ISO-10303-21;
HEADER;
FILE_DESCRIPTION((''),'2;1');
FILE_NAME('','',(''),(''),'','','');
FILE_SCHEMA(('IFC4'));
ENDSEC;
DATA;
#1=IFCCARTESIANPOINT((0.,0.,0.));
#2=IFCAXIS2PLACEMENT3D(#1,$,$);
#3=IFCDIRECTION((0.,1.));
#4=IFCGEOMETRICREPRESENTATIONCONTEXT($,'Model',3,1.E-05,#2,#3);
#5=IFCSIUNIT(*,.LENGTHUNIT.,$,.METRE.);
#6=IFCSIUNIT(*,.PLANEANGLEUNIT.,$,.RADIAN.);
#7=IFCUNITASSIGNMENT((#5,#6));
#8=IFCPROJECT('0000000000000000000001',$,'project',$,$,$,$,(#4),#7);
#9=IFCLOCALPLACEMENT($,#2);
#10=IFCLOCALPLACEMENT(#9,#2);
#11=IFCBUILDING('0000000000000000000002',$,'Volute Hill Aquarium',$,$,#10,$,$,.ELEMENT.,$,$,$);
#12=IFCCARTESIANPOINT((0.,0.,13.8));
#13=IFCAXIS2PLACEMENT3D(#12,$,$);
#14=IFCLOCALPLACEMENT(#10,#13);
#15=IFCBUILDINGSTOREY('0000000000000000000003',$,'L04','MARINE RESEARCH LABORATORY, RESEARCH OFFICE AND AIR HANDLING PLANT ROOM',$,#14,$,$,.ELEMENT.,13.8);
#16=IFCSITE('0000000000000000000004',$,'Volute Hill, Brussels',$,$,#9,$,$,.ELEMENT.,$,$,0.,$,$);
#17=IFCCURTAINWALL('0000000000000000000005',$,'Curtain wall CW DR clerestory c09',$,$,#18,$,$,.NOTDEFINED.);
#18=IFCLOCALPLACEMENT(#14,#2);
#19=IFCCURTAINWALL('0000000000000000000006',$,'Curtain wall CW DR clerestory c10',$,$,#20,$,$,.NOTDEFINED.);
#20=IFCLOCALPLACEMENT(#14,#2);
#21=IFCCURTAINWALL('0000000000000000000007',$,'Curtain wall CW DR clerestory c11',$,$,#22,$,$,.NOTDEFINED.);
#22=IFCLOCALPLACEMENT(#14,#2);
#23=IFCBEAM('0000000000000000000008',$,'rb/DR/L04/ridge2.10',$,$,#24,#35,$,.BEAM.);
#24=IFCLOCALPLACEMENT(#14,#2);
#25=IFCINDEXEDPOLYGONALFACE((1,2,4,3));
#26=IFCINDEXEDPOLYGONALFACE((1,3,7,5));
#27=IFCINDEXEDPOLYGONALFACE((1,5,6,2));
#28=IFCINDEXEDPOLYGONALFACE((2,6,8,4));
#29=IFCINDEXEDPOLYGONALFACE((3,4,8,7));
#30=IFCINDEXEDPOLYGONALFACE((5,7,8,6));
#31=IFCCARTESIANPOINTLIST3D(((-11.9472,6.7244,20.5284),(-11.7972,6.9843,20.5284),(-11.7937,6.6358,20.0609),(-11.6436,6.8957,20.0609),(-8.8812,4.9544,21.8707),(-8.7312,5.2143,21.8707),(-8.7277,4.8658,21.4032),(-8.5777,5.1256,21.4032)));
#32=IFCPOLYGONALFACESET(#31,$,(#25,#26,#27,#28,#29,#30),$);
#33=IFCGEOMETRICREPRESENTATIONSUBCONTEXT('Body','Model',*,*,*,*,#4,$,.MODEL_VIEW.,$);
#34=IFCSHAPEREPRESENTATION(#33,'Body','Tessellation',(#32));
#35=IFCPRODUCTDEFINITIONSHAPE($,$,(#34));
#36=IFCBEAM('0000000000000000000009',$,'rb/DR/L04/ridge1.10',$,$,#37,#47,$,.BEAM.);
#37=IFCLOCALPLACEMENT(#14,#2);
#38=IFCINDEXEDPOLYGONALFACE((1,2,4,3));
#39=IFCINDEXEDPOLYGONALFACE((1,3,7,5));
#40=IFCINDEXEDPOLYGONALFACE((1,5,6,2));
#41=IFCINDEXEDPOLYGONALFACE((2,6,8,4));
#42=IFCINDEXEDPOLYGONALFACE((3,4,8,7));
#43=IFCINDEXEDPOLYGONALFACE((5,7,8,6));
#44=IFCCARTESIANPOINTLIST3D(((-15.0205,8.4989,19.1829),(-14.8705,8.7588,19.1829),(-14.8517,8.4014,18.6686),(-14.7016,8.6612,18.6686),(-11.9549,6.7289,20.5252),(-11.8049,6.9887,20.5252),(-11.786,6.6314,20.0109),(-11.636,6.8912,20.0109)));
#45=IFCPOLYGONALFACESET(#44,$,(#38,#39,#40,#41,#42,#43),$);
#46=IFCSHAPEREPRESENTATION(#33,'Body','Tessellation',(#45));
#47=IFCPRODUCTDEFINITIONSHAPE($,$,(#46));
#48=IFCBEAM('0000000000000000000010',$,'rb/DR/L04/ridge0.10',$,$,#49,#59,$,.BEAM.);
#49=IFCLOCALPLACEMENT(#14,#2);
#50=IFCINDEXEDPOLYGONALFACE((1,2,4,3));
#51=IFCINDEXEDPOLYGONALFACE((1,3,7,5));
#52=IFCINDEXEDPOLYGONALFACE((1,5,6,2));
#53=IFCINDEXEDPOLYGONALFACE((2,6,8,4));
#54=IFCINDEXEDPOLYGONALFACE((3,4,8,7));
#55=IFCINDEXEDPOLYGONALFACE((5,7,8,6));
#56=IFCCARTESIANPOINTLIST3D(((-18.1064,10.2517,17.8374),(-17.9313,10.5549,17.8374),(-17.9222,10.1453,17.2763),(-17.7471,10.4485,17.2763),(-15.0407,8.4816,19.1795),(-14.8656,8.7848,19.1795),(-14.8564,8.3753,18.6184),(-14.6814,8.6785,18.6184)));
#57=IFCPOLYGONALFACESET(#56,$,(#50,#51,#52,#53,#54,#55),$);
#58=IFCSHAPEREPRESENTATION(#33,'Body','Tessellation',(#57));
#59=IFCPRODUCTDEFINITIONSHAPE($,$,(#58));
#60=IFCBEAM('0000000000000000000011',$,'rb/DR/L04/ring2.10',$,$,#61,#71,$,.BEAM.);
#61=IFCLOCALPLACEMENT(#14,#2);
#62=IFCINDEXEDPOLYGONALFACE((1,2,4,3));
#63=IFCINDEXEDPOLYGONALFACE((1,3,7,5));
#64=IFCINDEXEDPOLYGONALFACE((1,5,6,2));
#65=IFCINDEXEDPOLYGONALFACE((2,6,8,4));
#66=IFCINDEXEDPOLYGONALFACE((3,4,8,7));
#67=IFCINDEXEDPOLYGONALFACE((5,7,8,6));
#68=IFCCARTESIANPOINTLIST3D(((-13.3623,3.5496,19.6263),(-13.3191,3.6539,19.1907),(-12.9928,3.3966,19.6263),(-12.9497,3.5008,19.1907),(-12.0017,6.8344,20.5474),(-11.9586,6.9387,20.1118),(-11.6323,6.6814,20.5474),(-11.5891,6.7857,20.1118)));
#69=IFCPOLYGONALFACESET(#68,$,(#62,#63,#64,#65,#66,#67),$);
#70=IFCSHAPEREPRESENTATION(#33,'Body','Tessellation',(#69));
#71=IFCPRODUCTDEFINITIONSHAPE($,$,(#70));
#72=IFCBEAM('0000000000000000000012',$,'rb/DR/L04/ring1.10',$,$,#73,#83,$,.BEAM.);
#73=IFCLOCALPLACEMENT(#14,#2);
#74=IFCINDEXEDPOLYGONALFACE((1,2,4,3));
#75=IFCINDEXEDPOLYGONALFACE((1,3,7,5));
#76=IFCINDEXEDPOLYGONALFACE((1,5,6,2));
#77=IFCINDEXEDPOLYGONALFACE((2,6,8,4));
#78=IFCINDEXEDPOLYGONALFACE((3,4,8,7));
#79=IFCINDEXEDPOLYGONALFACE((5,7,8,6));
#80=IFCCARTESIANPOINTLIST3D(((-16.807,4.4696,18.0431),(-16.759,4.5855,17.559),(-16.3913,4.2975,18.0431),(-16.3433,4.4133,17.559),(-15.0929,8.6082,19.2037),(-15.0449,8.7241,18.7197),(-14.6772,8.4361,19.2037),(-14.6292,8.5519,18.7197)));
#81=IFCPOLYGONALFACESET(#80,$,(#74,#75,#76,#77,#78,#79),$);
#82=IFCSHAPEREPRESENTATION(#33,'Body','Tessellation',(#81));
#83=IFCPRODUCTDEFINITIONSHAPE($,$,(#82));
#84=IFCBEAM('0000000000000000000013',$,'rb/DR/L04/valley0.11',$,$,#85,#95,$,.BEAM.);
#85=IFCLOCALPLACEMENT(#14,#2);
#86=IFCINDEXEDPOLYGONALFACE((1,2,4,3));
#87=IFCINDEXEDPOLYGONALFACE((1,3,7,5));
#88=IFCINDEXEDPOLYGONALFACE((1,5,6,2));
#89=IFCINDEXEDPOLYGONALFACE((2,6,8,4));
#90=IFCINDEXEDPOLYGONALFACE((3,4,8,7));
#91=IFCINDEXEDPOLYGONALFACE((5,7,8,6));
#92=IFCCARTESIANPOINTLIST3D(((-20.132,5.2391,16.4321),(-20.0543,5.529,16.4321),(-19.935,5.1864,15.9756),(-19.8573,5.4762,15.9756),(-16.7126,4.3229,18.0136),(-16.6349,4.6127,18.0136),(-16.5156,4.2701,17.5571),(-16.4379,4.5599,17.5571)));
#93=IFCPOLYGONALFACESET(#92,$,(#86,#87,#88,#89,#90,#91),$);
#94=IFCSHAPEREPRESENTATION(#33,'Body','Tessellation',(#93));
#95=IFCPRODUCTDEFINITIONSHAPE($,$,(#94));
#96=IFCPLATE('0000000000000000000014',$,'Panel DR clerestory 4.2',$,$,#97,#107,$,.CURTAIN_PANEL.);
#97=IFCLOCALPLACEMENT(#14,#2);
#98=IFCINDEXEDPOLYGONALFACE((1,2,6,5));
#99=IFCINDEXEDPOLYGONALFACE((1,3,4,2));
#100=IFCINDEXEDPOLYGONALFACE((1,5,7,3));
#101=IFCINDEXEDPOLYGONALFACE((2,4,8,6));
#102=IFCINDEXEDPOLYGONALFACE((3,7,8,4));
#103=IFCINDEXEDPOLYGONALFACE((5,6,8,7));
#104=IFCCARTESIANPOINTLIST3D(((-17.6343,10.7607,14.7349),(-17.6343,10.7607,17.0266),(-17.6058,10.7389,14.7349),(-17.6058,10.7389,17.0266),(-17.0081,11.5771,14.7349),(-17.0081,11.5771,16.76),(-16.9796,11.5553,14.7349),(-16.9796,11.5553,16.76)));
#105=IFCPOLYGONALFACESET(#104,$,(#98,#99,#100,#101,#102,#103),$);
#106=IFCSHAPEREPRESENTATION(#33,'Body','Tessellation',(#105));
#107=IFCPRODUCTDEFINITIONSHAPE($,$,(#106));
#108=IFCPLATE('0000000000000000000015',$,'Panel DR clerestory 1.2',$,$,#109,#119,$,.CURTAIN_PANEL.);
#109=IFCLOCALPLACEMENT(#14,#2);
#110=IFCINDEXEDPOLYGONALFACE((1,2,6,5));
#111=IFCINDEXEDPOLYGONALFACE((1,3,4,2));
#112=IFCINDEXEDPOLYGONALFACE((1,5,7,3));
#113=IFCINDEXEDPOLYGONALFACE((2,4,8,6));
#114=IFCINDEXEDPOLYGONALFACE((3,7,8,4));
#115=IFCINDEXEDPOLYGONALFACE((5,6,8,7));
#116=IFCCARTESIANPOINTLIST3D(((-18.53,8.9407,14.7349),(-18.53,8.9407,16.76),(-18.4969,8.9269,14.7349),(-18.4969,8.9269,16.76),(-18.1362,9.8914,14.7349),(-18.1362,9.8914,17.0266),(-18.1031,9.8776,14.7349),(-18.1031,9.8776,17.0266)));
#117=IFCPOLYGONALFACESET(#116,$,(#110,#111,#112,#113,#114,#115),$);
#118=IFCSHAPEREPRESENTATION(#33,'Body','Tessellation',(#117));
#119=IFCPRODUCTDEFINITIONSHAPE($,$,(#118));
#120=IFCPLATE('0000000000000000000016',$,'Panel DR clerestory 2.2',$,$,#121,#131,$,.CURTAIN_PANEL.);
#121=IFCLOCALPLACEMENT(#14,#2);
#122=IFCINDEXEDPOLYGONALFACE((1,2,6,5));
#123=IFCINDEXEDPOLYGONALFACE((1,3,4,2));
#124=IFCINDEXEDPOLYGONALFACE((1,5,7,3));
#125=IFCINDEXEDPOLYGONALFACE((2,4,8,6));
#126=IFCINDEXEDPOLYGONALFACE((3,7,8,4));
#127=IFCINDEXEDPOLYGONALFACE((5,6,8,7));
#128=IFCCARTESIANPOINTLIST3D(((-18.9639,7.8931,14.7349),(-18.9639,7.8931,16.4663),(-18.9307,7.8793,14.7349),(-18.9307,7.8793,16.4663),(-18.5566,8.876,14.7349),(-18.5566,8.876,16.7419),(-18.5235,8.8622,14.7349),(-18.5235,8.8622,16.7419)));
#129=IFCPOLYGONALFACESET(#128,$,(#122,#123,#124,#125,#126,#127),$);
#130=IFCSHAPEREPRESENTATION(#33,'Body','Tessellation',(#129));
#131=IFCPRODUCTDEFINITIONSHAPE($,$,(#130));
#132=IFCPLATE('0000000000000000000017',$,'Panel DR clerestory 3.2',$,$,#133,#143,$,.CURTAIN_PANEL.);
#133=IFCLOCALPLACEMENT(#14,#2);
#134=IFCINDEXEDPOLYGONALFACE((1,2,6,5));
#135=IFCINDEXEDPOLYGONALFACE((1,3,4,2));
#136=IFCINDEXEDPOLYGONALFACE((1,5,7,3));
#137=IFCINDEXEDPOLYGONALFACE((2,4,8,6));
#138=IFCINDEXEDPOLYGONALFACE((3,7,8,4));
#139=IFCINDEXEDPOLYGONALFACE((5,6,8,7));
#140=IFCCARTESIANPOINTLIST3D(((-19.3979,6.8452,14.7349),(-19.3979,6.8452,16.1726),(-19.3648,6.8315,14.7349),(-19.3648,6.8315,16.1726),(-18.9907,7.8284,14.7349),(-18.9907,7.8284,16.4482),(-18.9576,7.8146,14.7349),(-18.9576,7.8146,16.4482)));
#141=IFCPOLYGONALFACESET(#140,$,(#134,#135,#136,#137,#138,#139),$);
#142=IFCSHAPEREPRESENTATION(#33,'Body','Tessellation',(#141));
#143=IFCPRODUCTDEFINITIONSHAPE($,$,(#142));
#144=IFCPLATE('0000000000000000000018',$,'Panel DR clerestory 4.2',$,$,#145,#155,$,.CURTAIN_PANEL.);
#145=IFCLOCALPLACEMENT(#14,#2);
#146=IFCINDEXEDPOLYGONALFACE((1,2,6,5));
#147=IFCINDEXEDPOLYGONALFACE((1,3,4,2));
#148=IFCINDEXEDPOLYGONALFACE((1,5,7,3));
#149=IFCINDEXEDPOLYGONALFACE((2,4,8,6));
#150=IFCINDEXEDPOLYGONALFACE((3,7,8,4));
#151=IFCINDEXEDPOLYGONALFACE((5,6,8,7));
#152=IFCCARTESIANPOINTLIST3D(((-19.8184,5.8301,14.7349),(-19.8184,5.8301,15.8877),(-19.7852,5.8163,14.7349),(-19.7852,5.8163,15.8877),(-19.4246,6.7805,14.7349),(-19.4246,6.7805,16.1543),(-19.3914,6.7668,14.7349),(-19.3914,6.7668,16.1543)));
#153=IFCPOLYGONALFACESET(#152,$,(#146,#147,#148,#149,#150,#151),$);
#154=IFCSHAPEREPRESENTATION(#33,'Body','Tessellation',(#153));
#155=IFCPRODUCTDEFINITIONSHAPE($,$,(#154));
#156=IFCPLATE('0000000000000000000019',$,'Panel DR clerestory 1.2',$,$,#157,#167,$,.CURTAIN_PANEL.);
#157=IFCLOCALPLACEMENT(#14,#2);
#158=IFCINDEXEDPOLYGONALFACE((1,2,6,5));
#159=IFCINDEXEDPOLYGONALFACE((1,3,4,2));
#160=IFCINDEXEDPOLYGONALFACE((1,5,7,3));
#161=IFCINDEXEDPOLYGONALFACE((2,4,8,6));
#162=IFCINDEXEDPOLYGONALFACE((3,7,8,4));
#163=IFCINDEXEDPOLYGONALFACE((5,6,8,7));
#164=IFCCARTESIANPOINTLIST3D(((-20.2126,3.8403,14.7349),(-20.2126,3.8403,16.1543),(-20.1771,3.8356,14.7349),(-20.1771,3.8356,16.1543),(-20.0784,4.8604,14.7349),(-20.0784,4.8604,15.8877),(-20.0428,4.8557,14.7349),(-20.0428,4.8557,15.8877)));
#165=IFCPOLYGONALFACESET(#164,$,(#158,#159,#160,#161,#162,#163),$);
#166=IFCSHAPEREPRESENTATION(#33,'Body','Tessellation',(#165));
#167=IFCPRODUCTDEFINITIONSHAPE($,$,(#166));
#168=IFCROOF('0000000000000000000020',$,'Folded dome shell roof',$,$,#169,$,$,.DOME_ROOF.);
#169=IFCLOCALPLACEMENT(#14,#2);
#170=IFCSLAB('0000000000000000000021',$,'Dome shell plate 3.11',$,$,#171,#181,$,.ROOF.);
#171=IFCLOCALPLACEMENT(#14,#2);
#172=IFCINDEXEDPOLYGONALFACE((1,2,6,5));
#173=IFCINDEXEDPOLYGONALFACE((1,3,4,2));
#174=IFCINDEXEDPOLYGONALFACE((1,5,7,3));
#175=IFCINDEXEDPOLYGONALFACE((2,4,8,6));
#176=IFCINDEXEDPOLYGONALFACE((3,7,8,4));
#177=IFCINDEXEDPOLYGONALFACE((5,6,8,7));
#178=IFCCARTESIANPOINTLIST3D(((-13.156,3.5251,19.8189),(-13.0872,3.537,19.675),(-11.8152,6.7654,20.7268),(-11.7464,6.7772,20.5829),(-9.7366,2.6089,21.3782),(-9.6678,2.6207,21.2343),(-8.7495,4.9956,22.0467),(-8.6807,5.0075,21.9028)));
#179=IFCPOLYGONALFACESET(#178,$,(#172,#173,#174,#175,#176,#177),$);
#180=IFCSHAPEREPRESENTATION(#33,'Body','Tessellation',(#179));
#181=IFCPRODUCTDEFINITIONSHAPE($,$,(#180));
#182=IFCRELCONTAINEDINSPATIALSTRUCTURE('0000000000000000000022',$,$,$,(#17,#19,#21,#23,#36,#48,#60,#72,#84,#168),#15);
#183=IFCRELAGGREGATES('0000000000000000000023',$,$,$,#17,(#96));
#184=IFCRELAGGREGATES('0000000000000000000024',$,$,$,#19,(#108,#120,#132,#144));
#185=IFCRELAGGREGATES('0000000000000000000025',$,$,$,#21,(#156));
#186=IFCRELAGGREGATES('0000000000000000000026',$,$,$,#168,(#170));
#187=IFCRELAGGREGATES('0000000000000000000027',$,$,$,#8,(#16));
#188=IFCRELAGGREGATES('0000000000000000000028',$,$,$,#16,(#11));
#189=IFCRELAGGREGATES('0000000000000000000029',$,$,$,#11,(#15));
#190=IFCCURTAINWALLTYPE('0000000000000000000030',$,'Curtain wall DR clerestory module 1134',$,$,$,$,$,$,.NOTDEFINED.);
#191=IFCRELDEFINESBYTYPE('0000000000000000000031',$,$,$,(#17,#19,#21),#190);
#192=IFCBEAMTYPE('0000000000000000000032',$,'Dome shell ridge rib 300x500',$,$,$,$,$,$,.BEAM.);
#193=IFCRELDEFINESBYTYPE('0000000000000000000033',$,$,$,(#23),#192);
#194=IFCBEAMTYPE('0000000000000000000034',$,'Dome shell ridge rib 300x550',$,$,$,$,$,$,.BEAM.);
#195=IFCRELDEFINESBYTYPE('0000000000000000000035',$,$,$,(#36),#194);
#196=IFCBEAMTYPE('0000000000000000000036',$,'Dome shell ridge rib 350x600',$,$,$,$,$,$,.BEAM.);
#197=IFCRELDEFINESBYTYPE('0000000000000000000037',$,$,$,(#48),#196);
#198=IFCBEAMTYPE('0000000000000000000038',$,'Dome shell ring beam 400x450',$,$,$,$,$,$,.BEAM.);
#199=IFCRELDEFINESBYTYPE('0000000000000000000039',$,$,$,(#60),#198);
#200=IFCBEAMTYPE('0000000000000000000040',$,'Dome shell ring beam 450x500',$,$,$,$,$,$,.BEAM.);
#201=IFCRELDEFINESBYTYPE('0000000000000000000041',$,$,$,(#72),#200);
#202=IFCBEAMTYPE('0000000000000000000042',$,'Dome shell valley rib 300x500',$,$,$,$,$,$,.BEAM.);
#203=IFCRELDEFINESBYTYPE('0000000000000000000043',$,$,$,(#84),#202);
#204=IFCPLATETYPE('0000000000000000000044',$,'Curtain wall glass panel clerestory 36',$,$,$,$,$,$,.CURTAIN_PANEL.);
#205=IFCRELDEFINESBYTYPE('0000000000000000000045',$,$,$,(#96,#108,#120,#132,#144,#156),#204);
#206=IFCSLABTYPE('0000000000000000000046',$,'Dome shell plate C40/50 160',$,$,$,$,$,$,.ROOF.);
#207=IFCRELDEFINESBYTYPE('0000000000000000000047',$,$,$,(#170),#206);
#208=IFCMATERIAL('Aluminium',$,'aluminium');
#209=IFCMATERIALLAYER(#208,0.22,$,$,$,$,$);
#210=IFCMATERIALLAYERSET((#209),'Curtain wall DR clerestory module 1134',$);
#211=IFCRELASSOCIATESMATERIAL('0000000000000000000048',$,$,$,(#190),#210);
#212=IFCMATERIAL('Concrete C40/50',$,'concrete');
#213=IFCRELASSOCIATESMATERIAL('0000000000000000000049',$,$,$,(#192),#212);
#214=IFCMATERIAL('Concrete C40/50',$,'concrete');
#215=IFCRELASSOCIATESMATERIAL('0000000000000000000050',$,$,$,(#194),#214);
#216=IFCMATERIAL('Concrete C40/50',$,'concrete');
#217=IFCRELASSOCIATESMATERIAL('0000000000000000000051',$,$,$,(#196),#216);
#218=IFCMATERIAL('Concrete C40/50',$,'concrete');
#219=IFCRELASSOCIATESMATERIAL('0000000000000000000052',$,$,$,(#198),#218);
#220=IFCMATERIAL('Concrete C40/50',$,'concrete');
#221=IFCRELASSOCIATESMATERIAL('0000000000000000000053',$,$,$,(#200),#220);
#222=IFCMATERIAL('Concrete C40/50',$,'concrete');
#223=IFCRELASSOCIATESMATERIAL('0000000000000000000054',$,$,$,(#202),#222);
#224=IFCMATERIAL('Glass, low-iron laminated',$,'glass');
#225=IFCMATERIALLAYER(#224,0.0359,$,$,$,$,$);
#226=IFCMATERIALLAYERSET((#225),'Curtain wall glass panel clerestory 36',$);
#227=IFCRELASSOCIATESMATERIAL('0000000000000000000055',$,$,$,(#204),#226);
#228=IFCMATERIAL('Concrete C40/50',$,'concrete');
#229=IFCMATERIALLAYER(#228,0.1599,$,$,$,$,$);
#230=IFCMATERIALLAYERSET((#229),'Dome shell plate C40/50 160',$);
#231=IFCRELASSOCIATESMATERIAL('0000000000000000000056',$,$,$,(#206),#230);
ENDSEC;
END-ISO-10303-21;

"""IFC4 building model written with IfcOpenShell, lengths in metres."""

from ifc_helpers import new_model, si_unit, direction, frame, origin, origin_2d, place, context, subcontext, project, spatial, polyline, rectangle, outline, extrude, material, layer, layer_set, material_profile, profile_set, type_object, element, aggregate, save


model = new_model("IFC4")

# Units and contexts
model_context = context("Model", 3, precision=1e-05, world=origin(), true_north=direction((0.0, 1.0)))
body_context = subcontext(model_context, "Body", "Model", "MODEL_VIEW")
ifc_project = project(units=[si_unit("LENGTHUNIT", "METRE"), si_unit("PLANEANGLEUNIT", "RADIAN")], contexts=[model_context])

# Site, building, storey
site_placement = place(None, origin())
site = spatial("IfcSite", under=ifc_project, at=site_placement, Name="Volute Hill, Brussels", CompositionType="ELEMENT", RefElevation=0.0)
building_placement = place(site_placement, origin())
building = spatial("IfcBuilding", under=site, at=building_placement, Name="Volute Hill Aquarium", CompositionType="ELEMENT")
storey_placement = place(building_placement, frame((0.0, 0.0, 13.8)))
storey = spatial("IfcBuildingStorey", under=building, at=storey_placement, Name="L04", Description="MARINE RESEARCH LABORATORY, RESEARCH OFFICE AND AIR HANDLING PLANT ROOM", CompositionType="ELEMENT", Elevation=13.8)

# Curtain walls
ifc_material_1 = material(Name="Aluminium", Category="aluminium")
ifc_layer_1 = layer(ifc_material_1, 0.22)
ifc_layer_set_1 = layer_set([ifc_layer_1], Name="Curtain wall DR clerestory module 1134")
curtain_wall_type = type_object("IfcCurtainWallType", Name="Curtain wall DR clerestory module 1134", PredefinedType="NOTDEFINED", material=ifc_layer_set_1)
curtain_wall_1_placement = place(storey_placement, origin())
curtain_wall_1 = element("IfcCurtainWall", 1, at=curtain_wall_1_placement, inside=storey, type_object=curtain_wall_type, Name="Curtain wall CW DR clerestory c09", PredefinedType="NOTDEFINED")
curtain_wall_2_placement = place(storey_placement, origin())
curtain_wall_2 = element("IfcCurtainWall", 2, at=curtain_wall_2_placement, inside=storey, type_object=curtain_wall_type, Name="Curtain wall CW DR clerestory c10", PredefinedType="NOTDEFINED")
curtain_wall_3_placement = place(storey_placement, origin())
curtain_wall_3 = element("IfcCurtainWall", 3, at=curtain_wall_3_placement, inside=storey, type_object=curtain_wall_type, Name="Curtain wall CW DR clerestory c11", PredefinedType="NOTDEFINED")

# Beams
ifc_material_2 = material(Name="Concrete C40/50", Category="concrete")
ifc_material_profile_1 = material_profile(ifc_material_2, rectangle(XDim=0.3, YDim=0.5, at=origin_2d()), Name="RC rib 300x500")
ifc_profile_set_1 = profile_set([ifc_material_profile_1], Name="Concrete C40/50")
beam_type_1 = type_object("IfcBeamType", Name="Dome shell ridge rib 300x500", PredefinedType="BEAM", material=ifc_profile_set_1)
beam_1_placement = place(storey_placement, frame((-11.7954, 6.8101, 20.2947), z_axis=(0.809783, -0.467505, 0.35453), x_axis=(0.499981, 0.866036, 0.0)))
element("IfcBeam", 4, at=beam_1_placement, inside=storey, type_object=beam_type_1, Name="rb/DR/L04/ridge2.10", PredefinedType="BEAM", context=body_context, shape_type="SweptSolid", body=[
    extrude(rectangle(XDim=0.3, YDim=0.5, at=origin_2d()), origin(), (0.0, 0.0, 1.0), 3.7861),
])
ifc_material_3 = material(Name="Concrete C40/50", Category="concrete")
ifc_material_profile_2 = material_profile(ifc_material_3, rectangle(XDim=0.3, YDim=0.55, at=origin_2d()), Name="RC rib 300x550")
ifc_profile_set_2 = profile_set([ifc_material_profile_2], Name="Concrete C40/50")
beam_type_2 = type_object("IfcBeamType", Name="Dome shell ridge rib 300x550", PredefinedType="BEAM", material=ifc_profile_set_2)
beam_2_placement = place(storey_placement, frame((-14.8611, 8.5801, 18.9258), z_axis=(0.80976, -0.467529, 0.354548), x_axis=(0.500011, 0.866019, 0.0)))
element("IfcBeam", 5, at=beam_2_placement, inside=storey, type_object=beam_type_2, Name="rb/DR/L04/ridge1.10", PredefinedType="BEAM", context=body_context, shape_type="SweptSolid", body=[
    extrude(rectangle(XDim=0.3, YDim=0.55, at=origin_2d()), origin(), (0.0, 0.0, 1.0), 3.7859),
])
ifc_material_4 = material(Name="Concrete C40/50", Category="concrete")
ifc_material_profile_3 = material_profile(ifc_material_4, rectangle(XDim=0.3501, YDim=0.6001, at=origin_2d()), Name="RC rib 350x600")
ifc_profile_set_3 = profile_set([ifc_material_profile_3], Name="Concrete C40/50")
beam_type_3 = type_object("IfcBeamType", Name="Dome shell ridge rib 350x600", PredefinedType="BEAM", material=ifc_profile_set_3)
beam_3_placement = place(storey_placement, frame((-17.9268, 10.3501, 17.5569), z_axis=(0.809779, -0.46754, 0.354492), x_axis=(0.500011, 0.866019, 0.0)))
element("IfcBeam", 6, at=beam_3_placement, inside=storey, type_object=beam_type_3, Name="rb/DR/L04/ridge0.10", PredefinedType="BEAM", context=body_context, shape_type="SweptSolid", body=[
    extrude(rectangle(XDim=0.3501, YDim=0.6001, at=origin_2d()), origin(), (0.0, 0.0, 1.0), 3.7859),
])
ifc_material_5 = material(Name="Concrete C40/50", Category="concrete")
ifc_material_profile_4 = material_profile(ifc_material_5, rectangle(XDim=0.3999, YDim=0.45, at=origin_2d()), Name="RC beam 400x450")
ifc_profile_set_4 = profile_set([ifc_material_profile_4], Name="Concrete C40/50")
beam_type_4 = type_object("IfcBeamType", Name="Dome shell ring beam 400x450", PredefinedType="BEAM", material=ifc_profile_set_4)
beam_4_placement = place(storey_placement, frame((-11.7954, 6.8101, 20.3296), z_axis=(-0.370439, -0.894359, -0.250793), x_axis=(0.923885, -0.382669, 0.0)))
element("IfcBeam", 7, at=beam_4_placement, inside=storey, type_object=beam_type_4, Name="rb/DR/L04/ring2.10", PredefinedType="BEAM", context=body_context, shape_type="SweptSolid", body=[
    extrude(rectangle(XDim=0.3999, YDim=0.45, at=origin_2d()), origin(), (0.0, 0.0, 1.0), 3.6729),
])
ifc_material_6 = material(Name="Concrete C40/50", Category="concrete")
ifc_material_profile_5 = material_profile(ifc_material_6, rectangle(XDim=0.45, YDim=0.5, at=origin_2d()), Name="RC beam 450x500")
ifc_profile_set_5 = profile_set([ifc_material_profile_5], Name="Concrete C40/50")
beam_type_5 = type_object("IfcBeamType", Name="Dome shell ring beam 450x500", PredefinedType="BEAM", material=ifc_profile_set_5)
beam_5_placement = place(storey_placement, frame((-14.8611, 8.5801, 18.9617), z_axis=(-0.370417, -0.894362, -0.250814), x_axis=(0.923894, -0.382649, 0.0)))
element("IfcBeam", 8, at=beam_5_placement, inside=storey, type_object=beam_type_5, Name="rb/DR/L04/ring1.10", PredefinedType="BEAM", context=body_context, shape_type="SweptSolid", body=[
    extrude(rectangle(XDim=0.45, YDim=0.5, at=origin_2d()), origin(), (0.0, 0.0, 1.0), 4.6274),
])
ifc_material_7 = material(Name="Concrete C40/50", Category="concrete")
ifc_material_profile_6 = material_profile(ifc_material_7, rectangle(XDim=0.3, YDim=0.5, at=origin_2d()), Name="RC rib 300x500")
ifc_profile_set_6 = profile_set([ifc_material_profile_6], Name="Concrete C40/50")
beam_type_6 = type_object("IfcBeamType", Name="Dome shell valley rib 300x500", PredefinedType="BEAM", material=ifc_profile_set_6)
beam_6_placement = place(storey_placement, frame((-19.9946, 5.3577, 16.2039), z_axis=(0.881915, -0.236315, 0.4079), x_axis=(0.258826, 0.965924, 0.0)))
element("IfcBeam", 9, at=beam_6_placement, inside=storey, type_object=beam_type_6, Name="rb/DR/L04/valley0.11", PredefinedType="BEAM", context=body_context, shape_type="SweptSolid", body=[
    extrude(rectangle(XDim=0.3, YDim=0.5, at=origin_2d()), origin(), (0.0, 0.0, 1.0), 3.8772),
])

# Plates
ifc_material_8 = material(Name="Glass, low-iron laminated", Category="glass")
ifc_layer_2 = layer(ifc_material_8, 0.0359)
ifc_layer_set_2 = layer_set([ifc_layer_2], Name="Curtain wall glass panel clerestory 36")
plate_type = type_object("IfcPlateType", Name="Curtain wall glass panel clerestory 36", PredefinedType="CURTAIN_PANEL", material=ifc_layer_set_2)
plate_1_placement = place(storey_placement, frame((-17.0081, 11.5771, 14.7349), z_axis=(-0.793461, 0.608621, 0.0), x_axis=(-0.608621, -0.793461, 0.0)))
plate_1 = element("IfcPlate", 10, at=plate_1_placement, type_object=plate_type, Name="Panel DR clerestory 4.2", PredefinedType="CURTAIN_PANEL", context=body_context, shape_type="SweptSolid", body=[
    extrude(outline(polyline([(0.0, 0.0), (1.0289, 0.0), (1.0289, 2.2917), (0.0, 2.0251), (0.0, 0.0)])), origin(), (0.0, 0.0, -1.0), 0.0359),
])
aggregate(curtain_wall_1, [plate_1])
plate_2_placement = place(storey_placement, frame((-18.1362, 9.8914, 14.7349), z_axis=(-0.923875, 0.382694, 0.0), x_axis=(-0.382694, -0.923875, 0.0)))
plate_2 = element("IfcPlate", 11, at=plate_2_placement, type_object=plate_type, Name="Panel DR clerestory 1.2", PredefinedType="CURTAIN_PANEL", context=body_context, shape_type="SweptSolid", body=[
    extrude(outline(polyline([(0.0, 0.0), (1.029, 0.0), (1.029, 2.0251), (0.0, 2.2917), (0.0, 0.0)])), origin(), (0.0, 0.0, -1.0), 0.0359),
])
plate_3_placement = place(storey_placement, frame((-18.5566, 8.876, 14.7349), z_axis=(-0.923849, 0.382757, 0.0), x_axis=(-0.382757, -0.923849, 0.0)))
plate_3 = element("IfcPlate", 12, at=plate_3_placement, type_object=plate_type, Name="Panel DR clerestory 2.2", PredefinedType="CURTAIN_PANEL", context=body_context, shape_type="SweptSolid", body=[
    extrude(outline(polyline([(0.0, 0.0), (1.0639, 0.0), (1.0639, 1.7314), (0.0, 2.0071), (0.0, 0.0)])), origin(), (0.0, 0.0, -1.0), 0.0359),
])
plate_4_placement = place(storey_placement, frame((-18.9907, 7.8284, 14.7349), z_axis=(-0.923883, 0.382676, 0.0), x_axis=(-0.382676, -0.923883, 0.0)))
plate_4 = element("IfcPlate", 13, at=plate_4_placement, type_object=plate_type, Name="Panel DR clerestory 3.2", PredefinedType="CURTAIN_PANEL", context=body_context, shape_type="SweptSolid", body=[
    extrude(outline(polyline([(0.0, 0.0), (1.0642, 0.0), (1.0642, 1.4377), (0.0, 1.7134), (0.0, 0.0)])), origin(), (0.0, 0.0, -1.0), 0.0359),
])
plate_5_placement = place(storey_placement, frame((-19.4246, 6.7805, 14.7349), z_axis=(-0.92384, 0.382778, 0.0), x_axis=(-0.382778, -0.92384, 0.0)))
plate_5 = element("IfcPlate", 14, at=plate_5_placement, type_object=plate_type, Name="Panel DR clerestory 4.2", PredefinedType="CURTAIN_PANEL", context=body_context, shape_type="SweptSolid", body=[
    extrude(outline(polyline([(0.0, 0.0), (1.0288, 0.0), (1.0288, 1.1528), (0.0, 1.4194), (0.0, 0.0)])), origin(), (0.0, 0.0, -1.0), 0.0359),
])
aggregate(curtain_wall_2, [plate_2, plate_3, plate_4, plate_5])
plate_6_placement = place(storey_placement, frame((-20.0784, 4.8604, 14.7349), z_axis=(-0.991446, 0.130516, 0.0), x_axis=(-0.130516, -0.991446, 0.0)))
plate_6 = element("IfcPlate", 15, at=plate_6_placement, type_object=plate_type, Name="Panel DR clerestory 1.2", PredefinedType="CURTAIN_PANEL", context=body_context, shape_type="SweptSolid", body=[
    extrude(outline(polyline([(0.0, 0.0), (1.0288, 0.0), (1.0288, 1.4194), (0.0, 1.1528), (0.0, 0.0)])), origin(), (0.0, 0.0, -1.0), 0.0359),
])
aggregate(curtain_wall_3, [plate_6])

# Roof, slab
roof_placement = place(storey_placement, origin())
roof = element("IfcRoof", 16, at=roof_placement, inside=storey, Name="Folded dome shell roof", PredefinedType="DOME_ROOF")
ifc_material_9 = material(Name="Concrete C40/50", Category="concrete")
ifc_layer_3 = layer(ifc_material_9, 0.1599)
ifc_layer_set_3 = layer_set([ifc_layer_3], Name="Dome shell plate C40/50 160")
slab_type_1 = type_object("IfcSlabType", Name="Dome shell plate C40/50 160", PredefinedType="ROOF", material=ifc_layer_set_3)
slab_1_placement = place(storey_placement, frame((-11.8152, 6.7654, 20.7268), z_axis=(-0.430137, -0.074111, 0.899716), x_axis=(-0.370157, -0.894516, -0.250648)))
slab_1 = element("IfcSlab", 17, at=slab_1_placement, type_object=slab_type_1, Name="Dome shell plate 3.11", PredefinedType="ROOF", context=body_context, shape_type="SweptSolid", body=[
    extrude(outline(polyline([(0.0, 0.0), (3.6223, 0.0), (2.7854, 3.7766), (0.1175, 3.7761), (0.0, 0.0)])), origin(), (0.0, 0.0, -1.0), 0.1599),
])
aggregate(roof, [slab_1])

save(model, "model.ifc")
